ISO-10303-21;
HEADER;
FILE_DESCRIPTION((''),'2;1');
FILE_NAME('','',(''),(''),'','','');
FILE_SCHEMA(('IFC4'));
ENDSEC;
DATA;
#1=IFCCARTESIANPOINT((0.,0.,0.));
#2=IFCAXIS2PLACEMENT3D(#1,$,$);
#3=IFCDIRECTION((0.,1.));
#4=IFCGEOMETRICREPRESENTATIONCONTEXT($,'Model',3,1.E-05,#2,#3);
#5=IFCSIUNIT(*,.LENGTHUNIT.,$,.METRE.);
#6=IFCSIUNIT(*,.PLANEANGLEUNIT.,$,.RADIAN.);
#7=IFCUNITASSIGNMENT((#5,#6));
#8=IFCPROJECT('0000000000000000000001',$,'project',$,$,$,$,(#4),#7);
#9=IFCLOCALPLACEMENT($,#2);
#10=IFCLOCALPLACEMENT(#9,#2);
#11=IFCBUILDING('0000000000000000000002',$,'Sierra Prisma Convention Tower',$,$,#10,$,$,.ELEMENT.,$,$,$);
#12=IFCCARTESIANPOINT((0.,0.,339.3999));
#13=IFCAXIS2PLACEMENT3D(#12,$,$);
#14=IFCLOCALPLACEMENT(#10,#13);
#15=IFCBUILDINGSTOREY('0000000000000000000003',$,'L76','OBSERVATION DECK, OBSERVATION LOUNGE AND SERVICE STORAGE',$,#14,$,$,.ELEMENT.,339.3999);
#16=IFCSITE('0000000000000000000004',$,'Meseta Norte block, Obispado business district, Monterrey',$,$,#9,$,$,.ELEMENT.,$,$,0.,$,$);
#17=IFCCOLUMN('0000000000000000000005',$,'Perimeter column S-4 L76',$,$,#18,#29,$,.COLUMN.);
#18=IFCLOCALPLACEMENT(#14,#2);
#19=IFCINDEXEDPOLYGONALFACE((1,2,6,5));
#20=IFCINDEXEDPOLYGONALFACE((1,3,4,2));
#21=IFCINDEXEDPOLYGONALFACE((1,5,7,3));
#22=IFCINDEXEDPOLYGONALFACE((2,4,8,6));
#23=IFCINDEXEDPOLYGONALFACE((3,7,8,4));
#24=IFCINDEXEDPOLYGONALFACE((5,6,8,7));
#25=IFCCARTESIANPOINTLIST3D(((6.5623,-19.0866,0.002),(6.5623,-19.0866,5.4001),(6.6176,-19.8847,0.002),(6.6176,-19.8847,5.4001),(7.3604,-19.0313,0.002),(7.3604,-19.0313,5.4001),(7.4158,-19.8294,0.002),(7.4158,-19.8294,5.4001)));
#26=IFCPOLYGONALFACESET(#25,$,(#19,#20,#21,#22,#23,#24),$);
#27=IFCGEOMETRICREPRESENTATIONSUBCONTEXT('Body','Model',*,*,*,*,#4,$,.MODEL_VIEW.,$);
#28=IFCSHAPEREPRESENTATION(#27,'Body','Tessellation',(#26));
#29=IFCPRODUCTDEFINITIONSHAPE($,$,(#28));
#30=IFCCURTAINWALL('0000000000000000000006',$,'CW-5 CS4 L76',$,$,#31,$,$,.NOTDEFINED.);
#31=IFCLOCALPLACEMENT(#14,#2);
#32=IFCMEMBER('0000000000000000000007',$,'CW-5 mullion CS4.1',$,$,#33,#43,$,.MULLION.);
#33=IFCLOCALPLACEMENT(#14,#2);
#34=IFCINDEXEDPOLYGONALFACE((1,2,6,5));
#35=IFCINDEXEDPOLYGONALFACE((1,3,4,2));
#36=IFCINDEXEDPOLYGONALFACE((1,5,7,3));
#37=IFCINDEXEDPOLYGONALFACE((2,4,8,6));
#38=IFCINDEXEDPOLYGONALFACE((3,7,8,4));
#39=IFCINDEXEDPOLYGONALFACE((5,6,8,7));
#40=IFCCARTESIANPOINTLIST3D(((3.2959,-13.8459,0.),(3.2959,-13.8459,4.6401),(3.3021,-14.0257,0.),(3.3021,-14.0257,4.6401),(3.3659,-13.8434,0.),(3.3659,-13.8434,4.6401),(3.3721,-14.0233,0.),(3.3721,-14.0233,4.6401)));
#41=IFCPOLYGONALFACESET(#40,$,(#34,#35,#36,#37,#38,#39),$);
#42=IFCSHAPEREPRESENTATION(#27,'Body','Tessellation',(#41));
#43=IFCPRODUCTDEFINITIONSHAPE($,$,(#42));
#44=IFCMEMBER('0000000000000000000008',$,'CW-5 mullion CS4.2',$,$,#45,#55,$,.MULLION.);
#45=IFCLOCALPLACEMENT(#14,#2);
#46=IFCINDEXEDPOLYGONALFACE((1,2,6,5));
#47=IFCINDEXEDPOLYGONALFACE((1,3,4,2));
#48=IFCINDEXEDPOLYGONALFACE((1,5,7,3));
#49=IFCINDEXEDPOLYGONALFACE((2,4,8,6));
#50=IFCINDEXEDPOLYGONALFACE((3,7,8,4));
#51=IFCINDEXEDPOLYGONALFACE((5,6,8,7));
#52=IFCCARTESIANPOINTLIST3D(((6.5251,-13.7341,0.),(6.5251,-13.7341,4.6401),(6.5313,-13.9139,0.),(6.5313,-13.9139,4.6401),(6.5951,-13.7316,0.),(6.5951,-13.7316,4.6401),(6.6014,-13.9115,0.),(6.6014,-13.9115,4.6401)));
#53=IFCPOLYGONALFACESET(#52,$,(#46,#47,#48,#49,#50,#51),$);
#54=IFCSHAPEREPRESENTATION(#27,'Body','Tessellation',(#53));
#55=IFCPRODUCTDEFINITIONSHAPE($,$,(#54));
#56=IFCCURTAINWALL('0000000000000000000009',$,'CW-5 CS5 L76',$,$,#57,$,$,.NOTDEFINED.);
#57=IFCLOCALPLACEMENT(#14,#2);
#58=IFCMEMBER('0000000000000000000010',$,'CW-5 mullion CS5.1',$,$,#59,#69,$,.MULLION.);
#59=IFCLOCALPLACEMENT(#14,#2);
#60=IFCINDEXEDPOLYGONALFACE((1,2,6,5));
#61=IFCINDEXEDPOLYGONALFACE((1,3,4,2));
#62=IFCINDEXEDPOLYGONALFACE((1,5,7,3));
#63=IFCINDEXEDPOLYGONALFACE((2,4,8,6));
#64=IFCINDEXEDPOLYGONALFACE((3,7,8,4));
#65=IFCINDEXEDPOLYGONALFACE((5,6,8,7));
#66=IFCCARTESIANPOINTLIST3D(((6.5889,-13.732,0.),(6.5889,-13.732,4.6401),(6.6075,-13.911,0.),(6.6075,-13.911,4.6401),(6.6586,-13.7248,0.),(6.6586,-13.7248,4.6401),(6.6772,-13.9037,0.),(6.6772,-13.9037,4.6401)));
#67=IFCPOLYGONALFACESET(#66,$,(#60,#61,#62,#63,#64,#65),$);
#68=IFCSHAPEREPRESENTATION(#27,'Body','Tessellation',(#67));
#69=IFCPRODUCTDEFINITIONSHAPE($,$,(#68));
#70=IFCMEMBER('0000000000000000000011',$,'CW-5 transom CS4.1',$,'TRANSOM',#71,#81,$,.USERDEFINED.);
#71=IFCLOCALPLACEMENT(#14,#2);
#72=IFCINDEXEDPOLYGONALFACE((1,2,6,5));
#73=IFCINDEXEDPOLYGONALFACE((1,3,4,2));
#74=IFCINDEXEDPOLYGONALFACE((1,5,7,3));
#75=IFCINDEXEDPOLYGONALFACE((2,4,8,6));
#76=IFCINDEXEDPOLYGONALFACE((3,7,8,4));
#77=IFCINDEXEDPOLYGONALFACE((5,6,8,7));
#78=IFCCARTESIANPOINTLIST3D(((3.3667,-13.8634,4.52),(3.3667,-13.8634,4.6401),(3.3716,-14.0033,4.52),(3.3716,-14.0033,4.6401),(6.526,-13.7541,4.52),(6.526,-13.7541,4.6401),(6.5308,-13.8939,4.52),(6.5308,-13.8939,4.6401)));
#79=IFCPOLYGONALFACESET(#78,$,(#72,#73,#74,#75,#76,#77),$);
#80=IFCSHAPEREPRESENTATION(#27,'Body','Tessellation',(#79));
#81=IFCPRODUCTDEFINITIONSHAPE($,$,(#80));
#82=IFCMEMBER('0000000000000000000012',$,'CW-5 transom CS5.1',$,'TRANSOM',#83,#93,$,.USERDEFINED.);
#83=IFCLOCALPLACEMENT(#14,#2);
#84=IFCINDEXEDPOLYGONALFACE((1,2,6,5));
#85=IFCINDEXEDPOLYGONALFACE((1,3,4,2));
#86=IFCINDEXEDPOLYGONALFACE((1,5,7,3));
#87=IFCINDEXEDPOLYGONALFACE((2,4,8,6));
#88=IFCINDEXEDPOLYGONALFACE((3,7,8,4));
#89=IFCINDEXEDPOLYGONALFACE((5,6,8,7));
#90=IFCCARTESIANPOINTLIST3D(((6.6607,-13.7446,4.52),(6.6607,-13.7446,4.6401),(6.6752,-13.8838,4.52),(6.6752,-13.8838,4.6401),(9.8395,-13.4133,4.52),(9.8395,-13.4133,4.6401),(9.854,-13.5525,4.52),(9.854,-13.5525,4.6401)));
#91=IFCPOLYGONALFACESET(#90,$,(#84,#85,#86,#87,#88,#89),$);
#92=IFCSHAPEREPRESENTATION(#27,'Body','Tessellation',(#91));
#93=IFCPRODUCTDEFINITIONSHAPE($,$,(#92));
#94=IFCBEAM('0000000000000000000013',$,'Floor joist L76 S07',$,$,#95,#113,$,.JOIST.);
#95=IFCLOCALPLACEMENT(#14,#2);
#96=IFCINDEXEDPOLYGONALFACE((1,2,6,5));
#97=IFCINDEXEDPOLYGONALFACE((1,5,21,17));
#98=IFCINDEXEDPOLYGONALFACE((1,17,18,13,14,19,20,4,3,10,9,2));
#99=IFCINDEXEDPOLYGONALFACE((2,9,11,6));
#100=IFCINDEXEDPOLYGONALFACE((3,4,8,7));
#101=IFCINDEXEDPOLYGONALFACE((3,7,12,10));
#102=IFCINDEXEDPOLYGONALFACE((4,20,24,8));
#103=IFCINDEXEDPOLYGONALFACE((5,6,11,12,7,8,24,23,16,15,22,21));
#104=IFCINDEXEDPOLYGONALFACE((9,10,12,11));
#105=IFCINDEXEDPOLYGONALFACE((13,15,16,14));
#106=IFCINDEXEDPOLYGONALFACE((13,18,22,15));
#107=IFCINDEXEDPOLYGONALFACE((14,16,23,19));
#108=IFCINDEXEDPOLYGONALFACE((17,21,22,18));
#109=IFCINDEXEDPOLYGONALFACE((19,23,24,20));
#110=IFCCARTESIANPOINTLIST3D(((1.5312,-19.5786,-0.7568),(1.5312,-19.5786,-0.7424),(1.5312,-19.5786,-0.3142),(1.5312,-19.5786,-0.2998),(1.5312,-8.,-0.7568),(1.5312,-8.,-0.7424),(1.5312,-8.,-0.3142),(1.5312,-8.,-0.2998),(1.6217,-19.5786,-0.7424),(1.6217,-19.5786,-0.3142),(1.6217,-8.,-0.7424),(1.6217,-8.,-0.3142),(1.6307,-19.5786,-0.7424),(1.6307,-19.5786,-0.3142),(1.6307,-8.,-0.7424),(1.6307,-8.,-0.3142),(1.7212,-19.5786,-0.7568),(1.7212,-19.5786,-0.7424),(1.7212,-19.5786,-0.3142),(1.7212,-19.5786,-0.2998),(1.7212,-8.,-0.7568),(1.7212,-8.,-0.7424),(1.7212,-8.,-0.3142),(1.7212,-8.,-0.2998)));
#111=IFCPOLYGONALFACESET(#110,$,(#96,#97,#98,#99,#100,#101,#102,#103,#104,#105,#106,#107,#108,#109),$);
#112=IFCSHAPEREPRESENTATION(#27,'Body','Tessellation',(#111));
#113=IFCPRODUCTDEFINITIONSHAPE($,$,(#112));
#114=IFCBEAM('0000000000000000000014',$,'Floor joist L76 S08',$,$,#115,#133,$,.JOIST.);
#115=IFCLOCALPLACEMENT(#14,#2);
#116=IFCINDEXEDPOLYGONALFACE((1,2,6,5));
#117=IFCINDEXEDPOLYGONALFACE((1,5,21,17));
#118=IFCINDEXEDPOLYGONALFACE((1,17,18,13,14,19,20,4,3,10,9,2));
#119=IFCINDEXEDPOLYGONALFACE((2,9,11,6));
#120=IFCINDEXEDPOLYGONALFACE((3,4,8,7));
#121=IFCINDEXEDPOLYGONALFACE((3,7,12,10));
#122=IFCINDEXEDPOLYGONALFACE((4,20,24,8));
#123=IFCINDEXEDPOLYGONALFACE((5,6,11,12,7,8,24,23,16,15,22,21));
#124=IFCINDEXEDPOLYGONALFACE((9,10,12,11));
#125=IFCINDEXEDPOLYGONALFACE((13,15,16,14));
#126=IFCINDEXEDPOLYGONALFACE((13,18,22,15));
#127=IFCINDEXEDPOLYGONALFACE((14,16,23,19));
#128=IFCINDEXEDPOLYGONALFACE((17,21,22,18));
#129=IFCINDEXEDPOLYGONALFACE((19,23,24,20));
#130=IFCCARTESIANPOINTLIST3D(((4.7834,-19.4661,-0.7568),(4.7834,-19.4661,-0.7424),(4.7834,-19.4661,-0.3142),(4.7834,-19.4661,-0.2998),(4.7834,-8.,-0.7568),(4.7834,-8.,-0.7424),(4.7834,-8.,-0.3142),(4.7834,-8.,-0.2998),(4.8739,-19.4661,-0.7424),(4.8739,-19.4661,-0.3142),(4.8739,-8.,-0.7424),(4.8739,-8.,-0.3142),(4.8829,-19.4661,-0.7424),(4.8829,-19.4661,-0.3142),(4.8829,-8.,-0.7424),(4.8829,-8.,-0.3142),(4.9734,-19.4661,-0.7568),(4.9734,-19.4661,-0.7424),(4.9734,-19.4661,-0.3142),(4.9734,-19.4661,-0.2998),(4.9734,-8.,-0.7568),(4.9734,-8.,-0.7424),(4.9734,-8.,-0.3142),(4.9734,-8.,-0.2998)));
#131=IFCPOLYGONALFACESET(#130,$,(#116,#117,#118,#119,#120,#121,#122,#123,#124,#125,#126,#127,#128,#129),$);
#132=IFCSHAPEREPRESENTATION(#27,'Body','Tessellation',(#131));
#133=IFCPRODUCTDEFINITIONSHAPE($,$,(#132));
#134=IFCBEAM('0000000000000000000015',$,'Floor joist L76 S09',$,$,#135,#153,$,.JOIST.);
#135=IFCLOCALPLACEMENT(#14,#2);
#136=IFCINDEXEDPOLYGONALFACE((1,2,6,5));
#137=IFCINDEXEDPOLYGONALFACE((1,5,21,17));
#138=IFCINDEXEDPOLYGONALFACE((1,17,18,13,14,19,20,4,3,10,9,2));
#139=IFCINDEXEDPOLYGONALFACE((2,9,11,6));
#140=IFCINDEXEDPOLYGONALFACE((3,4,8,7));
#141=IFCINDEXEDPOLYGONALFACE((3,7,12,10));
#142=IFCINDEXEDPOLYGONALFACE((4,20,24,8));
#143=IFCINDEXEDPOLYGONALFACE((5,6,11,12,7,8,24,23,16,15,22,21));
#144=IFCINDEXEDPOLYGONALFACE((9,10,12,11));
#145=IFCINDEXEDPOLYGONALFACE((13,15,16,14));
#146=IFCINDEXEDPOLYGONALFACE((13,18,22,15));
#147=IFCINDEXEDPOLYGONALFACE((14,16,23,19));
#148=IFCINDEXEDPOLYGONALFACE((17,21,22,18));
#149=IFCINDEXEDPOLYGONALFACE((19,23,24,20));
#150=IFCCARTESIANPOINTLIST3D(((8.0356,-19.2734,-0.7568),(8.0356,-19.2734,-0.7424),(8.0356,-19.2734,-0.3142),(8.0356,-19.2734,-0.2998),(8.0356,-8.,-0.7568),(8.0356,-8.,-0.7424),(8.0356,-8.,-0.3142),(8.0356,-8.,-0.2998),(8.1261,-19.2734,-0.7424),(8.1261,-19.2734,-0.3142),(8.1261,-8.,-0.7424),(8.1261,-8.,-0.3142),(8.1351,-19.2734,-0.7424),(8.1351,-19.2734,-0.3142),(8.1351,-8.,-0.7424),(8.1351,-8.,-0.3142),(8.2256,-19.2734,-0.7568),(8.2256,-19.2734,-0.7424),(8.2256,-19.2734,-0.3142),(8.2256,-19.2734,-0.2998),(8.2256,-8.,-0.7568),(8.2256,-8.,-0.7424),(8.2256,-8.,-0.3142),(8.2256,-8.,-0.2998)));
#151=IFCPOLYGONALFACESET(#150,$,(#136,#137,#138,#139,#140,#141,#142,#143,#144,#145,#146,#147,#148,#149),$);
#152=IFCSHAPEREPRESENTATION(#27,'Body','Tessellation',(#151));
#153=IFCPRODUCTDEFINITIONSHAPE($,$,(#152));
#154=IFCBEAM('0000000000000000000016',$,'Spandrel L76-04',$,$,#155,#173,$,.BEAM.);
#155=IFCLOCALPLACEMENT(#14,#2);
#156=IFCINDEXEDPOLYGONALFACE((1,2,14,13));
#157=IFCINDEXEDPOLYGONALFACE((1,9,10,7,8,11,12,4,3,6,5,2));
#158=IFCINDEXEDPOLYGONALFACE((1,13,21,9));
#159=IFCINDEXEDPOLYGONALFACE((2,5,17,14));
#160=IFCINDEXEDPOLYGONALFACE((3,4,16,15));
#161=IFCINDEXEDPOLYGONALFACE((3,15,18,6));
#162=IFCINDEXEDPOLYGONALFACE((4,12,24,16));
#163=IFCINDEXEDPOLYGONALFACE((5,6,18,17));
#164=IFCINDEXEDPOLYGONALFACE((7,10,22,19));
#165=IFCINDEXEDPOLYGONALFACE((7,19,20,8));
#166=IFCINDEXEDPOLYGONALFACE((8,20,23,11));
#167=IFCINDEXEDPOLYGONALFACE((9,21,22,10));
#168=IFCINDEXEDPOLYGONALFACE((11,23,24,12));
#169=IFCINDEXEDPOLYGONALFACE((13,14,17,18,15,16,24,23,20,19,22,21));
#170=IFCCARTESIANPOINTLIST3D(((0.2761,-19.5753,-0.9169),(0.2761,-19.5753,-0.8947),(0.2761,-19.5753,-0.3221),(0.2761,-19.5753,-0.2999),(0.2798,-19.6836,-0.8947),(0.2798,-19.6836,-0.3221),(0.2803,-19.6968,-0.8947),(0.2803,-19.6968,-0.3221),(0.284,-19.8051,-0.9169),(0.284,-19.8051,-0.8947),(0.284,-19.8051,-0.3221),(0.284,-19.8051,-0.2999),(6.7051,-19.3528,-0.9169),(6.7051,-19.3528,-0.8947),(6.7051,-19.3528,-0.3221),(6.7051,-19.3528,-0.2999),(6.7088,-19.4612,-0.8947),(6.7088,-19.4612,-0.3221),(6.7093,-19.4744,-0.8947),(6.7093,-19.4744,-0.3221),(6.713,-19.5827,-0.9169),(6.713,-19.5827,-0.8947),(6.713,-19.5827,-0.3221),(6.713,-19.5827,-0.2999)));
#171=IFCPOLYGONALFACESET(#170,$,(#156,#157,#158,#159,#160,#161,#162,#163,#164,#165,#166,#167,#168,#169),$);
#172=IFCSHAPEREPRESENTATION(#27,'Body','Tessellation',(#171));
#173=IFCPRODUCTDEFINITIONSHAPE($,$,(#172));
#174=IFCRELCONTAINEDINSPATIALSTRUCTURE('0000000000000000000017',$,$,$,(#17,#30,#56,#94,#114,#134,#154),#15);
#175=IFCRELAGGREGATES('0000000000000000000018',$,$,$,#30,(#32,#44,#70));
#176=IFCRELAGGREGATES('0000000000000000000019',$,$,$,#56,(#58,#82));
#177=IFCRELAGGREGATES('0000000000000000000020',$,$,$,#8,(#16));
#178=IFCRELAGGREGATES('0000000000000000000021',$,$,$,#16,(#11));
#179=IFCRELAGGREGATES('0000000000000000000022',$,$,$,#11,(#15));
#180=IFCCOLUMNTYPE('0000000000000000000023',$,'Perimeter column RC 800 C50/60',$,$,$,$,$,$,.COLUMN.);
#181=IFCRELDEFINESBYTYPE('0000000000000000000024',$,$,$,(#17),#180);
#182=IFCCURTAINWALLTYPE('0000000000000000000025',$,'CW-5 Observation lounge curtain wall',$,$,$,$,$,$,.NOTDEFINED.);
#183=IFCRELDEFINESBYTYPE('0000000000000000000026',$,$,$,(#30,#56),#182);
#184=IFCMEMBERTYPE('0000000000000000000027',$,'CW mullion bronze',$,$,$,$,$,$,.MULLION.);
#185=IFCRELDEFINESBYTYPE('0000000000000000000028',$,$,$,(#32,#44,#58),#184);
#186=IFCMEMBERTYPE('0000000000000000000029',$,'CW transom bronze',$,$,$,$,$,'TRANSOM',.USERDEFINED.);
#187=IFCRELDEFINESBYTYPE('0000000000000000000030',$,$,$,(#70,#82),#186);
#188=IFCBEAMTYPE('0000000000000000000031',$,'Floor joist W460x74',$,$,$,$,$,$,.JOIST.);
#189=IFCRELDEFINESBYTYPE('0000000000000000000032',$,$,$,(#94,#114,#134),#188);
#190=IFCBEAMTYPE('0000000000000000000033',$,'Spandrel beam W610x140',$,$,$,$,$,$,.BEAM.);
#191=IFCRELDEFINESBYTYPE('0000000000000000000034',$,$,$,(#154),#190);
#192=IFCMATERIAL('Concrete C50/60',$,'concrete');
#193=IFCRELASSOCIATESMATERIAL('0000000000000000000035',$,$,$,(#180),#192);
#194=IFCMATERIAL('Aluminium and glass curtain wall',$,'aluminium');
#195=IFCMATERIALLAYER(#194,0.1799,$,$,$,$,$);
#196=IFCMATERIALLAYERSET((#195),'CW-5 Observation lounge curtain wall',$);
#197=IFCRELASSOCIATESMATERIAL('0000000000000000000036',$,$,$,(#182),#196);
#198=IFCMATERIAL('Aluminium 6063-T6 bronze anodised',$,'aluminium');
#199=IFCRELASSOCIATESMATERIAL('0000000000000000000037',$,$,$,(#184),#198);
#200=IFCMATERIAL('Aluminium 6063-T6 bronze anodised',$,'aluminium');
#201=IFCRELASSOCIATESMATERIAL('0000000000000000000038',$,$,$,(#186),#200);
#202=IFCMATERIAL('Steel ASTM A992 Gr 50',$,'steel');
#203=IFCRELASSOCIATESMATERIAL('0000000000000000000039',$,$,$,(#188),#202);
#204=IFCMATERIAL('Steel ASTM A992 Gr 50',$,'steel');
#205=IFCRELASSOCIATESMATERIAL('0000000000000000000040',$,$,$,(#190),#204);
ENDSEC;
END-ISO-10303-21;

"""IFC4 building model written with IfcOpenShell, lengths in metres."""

from ifc_helpers import new_model, si_unit, direction, frame, origin, origin_2d, place, context, subcontext, project, spatial, rectangle, i_section, extrude, clip, halfspace, material, layer, layer_set, material_profile, profile_set, type_object, element, aggregate, save


model = new_model("IFC4")

# Units and contexts
model_context = context("Model", 3, precision=1e-05, world=origin(), true_north=direction((0.0, 1.0)))
body_context = subcontext(model_context, "Body", "Model", "MODEL_VIEW")
ifc_project = project(units=[si_unit("LENGTHUNIT", "METRE"), si_unit("PLANEANGLEUNIT", "RADIAN")], contexts=[model_context])

# Site, building, storey
site_placement = place(None, origin())
site = spatial("IfcSite", under=ifc_project, at=site_placement, Name="Meseta Norte block, Obispado business district, Monterrey", CompositionType="ELEMENT", RefElevation=0.0)
building_placement = place(site_placement, origin())
building = spatial("IfcBuilding", under=site, at=building_placement, Name="Sierra Prisma Convention Tower", CompositionType="ELEMENT")
storey_placement = place(building_placement, frame((0.0, 0.0, 339.3999)))
storey = spatial("IfcBuildingStorey", under=building, at=storey_placement, Name="L76", Description="OBSERVATION DECK, OBSERVATION LOUNGE AND SERVICE STORAGE", CompositionType="ELEMENT", Elevation=339.3999)

# Column
ifc_material_1 = material(Name="Concrete C50/60", Category="concrete")
ifc_material_profile_1 = material_profile(ifc_material_1, rectangle(XDim=0.8, YDim=0.8, at=origin_2d()), Name="Perimeter column RC 800 C50/60")
ifc_profile_set_1 = profile_set([ifc_material_profile_1], Name="Concrete C50/60")
column_type = type_object("IfcColumnType", Name="Perimeter column RC 800 C50/60", PredefinedType="COLUMN", material=ifc_profile_set_1)
column_placement = place(storey_placement, frame((6.989, -19.458, 0.0), z_axis=(0.0, 0.0, 1.0), x_axis=(0.997605, 0.069175, 0.0)))
element("IfcColumn", 1, at=column_placement, inside=storey, type_object=column_type, Name="Perimeter column S-4 L76", PredefinedType="COLUMN", context=body_context, shape_type="SweptSolid", body=[
    clip(extrude(rectangle(XDim=0.8, YDim=0.8, at=origin_2d()), origin(), (0.0, 0.0, 1.0), 5.4001), halfspace(frame((0.0, 0.0, 0.002)), True)),
])

# Curtain wall, members
ifc_material_2 = material(Name="Aluminium and glass curtain wall", Category="aluminium")
ifc_layer_1 = layer(ifc_material_2, 0.1799)
ifc_layer_set_1 = layer_set([ifc_layer_1], Name="CW-5 Observation lounge curtain wall")
curtain_wall_type = type_object("IfcCurtainWallType", Name="CW-5 Observation lounge curtain wall", PredefinedType="NOTDEFINED", material=ifc_layer_set_1)
curtain_wall_1_placement = place(storey_placement, origin())
curtain_wall_1 = element("IfcCurtainWall", 2, at=curtain_wall_1_placement, inside=storey, type_object=curtain_wall_type, Name="CW-5 CS4 L76", PredefinedType="NOTDEFINED")
ifc_material_3 = material(Name="Aluminium 6063-T6 bronze anodised", Category="aluminium")
ifc_material_profile_2 = material_profile(ifc_material_3, rectangle(XDim=0.1799, YDim=0.0701, at=origin_2d()), Name="ALU MULLION 70x180")
ifc_profile_set_2 = profile_set([ifc_material_profile_2], Name="Aluminium 6063-T6 bronze anodised")
member_type_1 = type_object("IfcMemberType", Name="CW mullion bronze", PredefinedType="MULLION", material=ifc_profile_set_2)
member_1_placement = place(storey_placement, frame((3.334, -13.9346, 0.0), z_axis=(0.0, 0.0, 1.0), x_axis=(-0.034609, 0.999401, 0.0)))
member_1 = element("IfcMember", 3, at=member_1_placement, type_object=member_type_1, Name="CW-5 mullion CS4.1", PredefinedType="MULLION", context=body_context, shape_type="SweptSolid", body=[
    extrude(rectangle(XDim=0.1799, YDim=0.0701, at=origin_2d()), origin(), (0.0, 0.0, 1.0), 4.6401),
])
member_2_placement = place(storey_placement, frame((6.5632, -13.8228, 0.0), z_axis=(0.0, 0.0, 1.0), x_axis=(-0.034609, 0.999401, 0.0)))
member_2 = element("IfcMember", 4, at=member_2_placement, type_object=member_type_1, Name="CW-5 mullion CS4.2", PredefinedType="MULLION", context=body_context, shape_type="SweptSolid", body=[
    extrude(rectangle(XDim=0.1799, YDim=0.0701, at=origin_2d()), origin(), (0.0, 0.0, 1.0), 4.6401),
])

# Curtain wall, member
curtain_wall_2_placement = place(storey_placement, origin())
curtain_wall_2 = element("IfcCurtainWall", 5, at=curtain_wall_2_placement, inside=storey, type_object=curtain_wall_type, Name="CW-5 CS5 L76", PredefinedType="NOTDEFINED")
member_3_placement = place(storey_placement, frame((6.6331, -13.8179, 0.0), z_axis=(0.0, 0.0, 1.0), x_axis=(-0.10366, 0.994613, 0.0)))
member_3 = element("IfcMember", 6, at=member_3_placement, type_object=member_type_1, Name="CW-5 mullion CS5.1", PredefinedType="MULLION", context=body_context, shape_type="SweptSolid", body=[
    extrude(rectangle(XDim=0.1799, YDim=0.0701, at=origin_2d()), origin(), (0.0, 0.0, 1.0), 4.6401),
])

# Members
ifc_material_4 = material(Name="Aluminium 6063-T6 bronze anodised", Category="aluminium")
ifc_material_profile_3 = material_profile(ifc_material_4, rectangle(XDim=0.1399, YDim=0.1201, at=origin_2d()), Name="ALU TRANSOM 120x140")
ifc_profile_set_3 = profile_set([ifc_material_profile_3], Name="Aluminium 6063-T6 bronze anodised")
member_type_2 = type_object("IfcMemberType", Name="CW transom bronze", ElementType="TRANSOM", PredefinedType="USERDEFINED", material=ifc_profile_set_3)
member_4_placement = place(storey_placement, frame((3.3691, -13.9333, 4.5801), z_axis=(0.999401, 0.034601, 0.0), x_axis=(-0.034601, 0.999401, 0.0)))
member_4 = element("IfcMember", 7, at=member_4_placement, type_object=member_type_2, Name="CW-5 transom CS4.1", ObjectType="TRANSOM", PredefinedType="USERDEFINED", context=body_context, shape_type="SweptSolid", body=[
    extrude(rectangle(XDim=0.1399, YDim=0.1201, at=origin_2d()), origin(), (0.0, 0.0, 1.0), 3.1611),
])
member_5_placement = place(storey_placement, frame((6.668, -13.8142, 4.5801), z_axis=(0.994613, 0.103663, 0.0), x_axis=(-0.103663, 0.994613, 0.0)))
member_5 = element("IfcMember", 8, at=member_5_placement, type_object=member_type_2, Name="CW-5 transom CS5.1", ObjectType="TRANSOM", PredefinedType="USERDEFINED", context=body_context, shape_type="SweptSolid", body=[
    extrude(rectangle(XDim=0.1399, YDim=0.1201, at=origin_2d()), origin(), (0.0, 0.0, 1.0), 3.196),
])

# Beams
ifc_material_5 = material(Name="Steel ASTM A992 Gr 50", Category="steel")
ifc_material_profile_4 = material_profile(ifc_material_5, i_section(OverallWidth=0.1899, OverallDepth=0.457, WebThickness=0.009, FlangeThickness=0.0144, at=origin_2d()), Name="W460x74")
ifc_profile_set_4 = profile_set([ifc_material_profile_4], Name="Steel ASTM A992 Gr 50")
beam_type_1 = type_object("IfcBeamType", Name="Floor joist W460x74", PredefinedType="JOIST", material=ifc_profile_set_4)
beam_1_placement = place(storey_placement, frame((1.6262, -19.5786, -0.5283), z_axis=(0.0, 1.0, 0.0), x_axis=(-1.0, 0.0, 0.0)))
element("IfcBeam", 9, at=beam_1_placement, inside=storey, type_object=beam_type_1, Name="Floor joist L76 S07", PredefinedType="JOIST", context=body_context, shape_type="SweptSolid", body=[
    extrude(i_section(OverallWidth=0.1899, OverallDepth=0.457, WebThickness=0.009, FlangeThickness=0.0144, at=origin_2d()), origin(), (0.0, 0.0, 1.0), 11.5786),
])
beam_2_placement = place(storey_placement, frame((4.8784, -19.4661, -0.5283), z_axis=(0.0, 1.0, 0.0), x_axis=(-1.0, 0.0, 0.0)))
element("IfcBeam", 10, at=beam_2_placement, inside=storey, type_object=beam_type_1, Name="Floor joist L76 S08", PredefinedType="JOIST", context=body_context, shape_type="SweptSolid", body=[
    extrude(i_section(OverallWidth=0.1899, OverallDepth=0.457, WebThickness=0.009, FlangeThickness=0.0144, at=origin_2d()), origin(), (0.0, 0.0, 1.0), 11.4661),
])
beam_3_placement = place(storey_placement, frame((8.1306, -19.2734, -0.5283), z_axis=(0.0, 1.0, 0.0), x_axis=(-1.0, 0.0, 0.0)))
element("IfcBeam", 11, at=beam_3_placement, inside=storey, type_object=beam_type_1, Name="Floor joist L76 S09", PredefinedType="JOIST", context=body_context, shape_type="SweptSolid", body=[
    extrude(i_section(OverallWidth=0.1899, OverallDepth=0.457, WebThickness=0.009, FlangeThickness=0.0144, at=origin_2d()), origin(), (0.0, 0.0, 1.0), 11.2734),
])
ifc_material_6 = material(Name="Steel ASTM A992 Gr 50", Category="steel")
ifc_material_profile_5 = material_profile(ifc_material_6, i_section(OverallWidth=0.23, OverallDepth=0.6169, WebThickness=0.0132, FlangeThickness=0.0222, at=origin_2d()), Name="W610x140")
ifc_profile_set_5 = profile_set([ifc_material_profile_5], Name="Steel ASTM A992 Gr 50")
beam_type_2 = type_object("IfcBeamType", Name="Spandrel beam W610x140", PredefinedType="BEAM", material=ifc_profile_set_5)
for number, where, z_axis, x_axis, name in (
    (12, (0.28, -19.6902, -0.6084), (0.999402, 0.034575, 0.0), (-0.034575, 0.999402, 0.0), "Spandrel L76-04"),
):
    element("IfcBeam", number, at=place(storey_placement, frame(where, z_axis=z_axis, x_axis=x_axis)), inside=storey, type_object=beam_type_2, Name=name, PredefinedType="BEAM", context=body_context, shape_type="SweptSolid", body=[
        extrude(i_section(OverallWidth=0.23, OverallDepth=0.6169, WebThickness=0.0132, FlangeThickness=0.0222, at=origin_2d()), origin(), (0.0, 0.0, 1.0), 6.4329),
    ])

aggregate(curtain_wall_1, [member_1, member_2, member_4])
aggregate(curtain_wall_2, [member_3, member_5])

save(model, "model.ifc")
